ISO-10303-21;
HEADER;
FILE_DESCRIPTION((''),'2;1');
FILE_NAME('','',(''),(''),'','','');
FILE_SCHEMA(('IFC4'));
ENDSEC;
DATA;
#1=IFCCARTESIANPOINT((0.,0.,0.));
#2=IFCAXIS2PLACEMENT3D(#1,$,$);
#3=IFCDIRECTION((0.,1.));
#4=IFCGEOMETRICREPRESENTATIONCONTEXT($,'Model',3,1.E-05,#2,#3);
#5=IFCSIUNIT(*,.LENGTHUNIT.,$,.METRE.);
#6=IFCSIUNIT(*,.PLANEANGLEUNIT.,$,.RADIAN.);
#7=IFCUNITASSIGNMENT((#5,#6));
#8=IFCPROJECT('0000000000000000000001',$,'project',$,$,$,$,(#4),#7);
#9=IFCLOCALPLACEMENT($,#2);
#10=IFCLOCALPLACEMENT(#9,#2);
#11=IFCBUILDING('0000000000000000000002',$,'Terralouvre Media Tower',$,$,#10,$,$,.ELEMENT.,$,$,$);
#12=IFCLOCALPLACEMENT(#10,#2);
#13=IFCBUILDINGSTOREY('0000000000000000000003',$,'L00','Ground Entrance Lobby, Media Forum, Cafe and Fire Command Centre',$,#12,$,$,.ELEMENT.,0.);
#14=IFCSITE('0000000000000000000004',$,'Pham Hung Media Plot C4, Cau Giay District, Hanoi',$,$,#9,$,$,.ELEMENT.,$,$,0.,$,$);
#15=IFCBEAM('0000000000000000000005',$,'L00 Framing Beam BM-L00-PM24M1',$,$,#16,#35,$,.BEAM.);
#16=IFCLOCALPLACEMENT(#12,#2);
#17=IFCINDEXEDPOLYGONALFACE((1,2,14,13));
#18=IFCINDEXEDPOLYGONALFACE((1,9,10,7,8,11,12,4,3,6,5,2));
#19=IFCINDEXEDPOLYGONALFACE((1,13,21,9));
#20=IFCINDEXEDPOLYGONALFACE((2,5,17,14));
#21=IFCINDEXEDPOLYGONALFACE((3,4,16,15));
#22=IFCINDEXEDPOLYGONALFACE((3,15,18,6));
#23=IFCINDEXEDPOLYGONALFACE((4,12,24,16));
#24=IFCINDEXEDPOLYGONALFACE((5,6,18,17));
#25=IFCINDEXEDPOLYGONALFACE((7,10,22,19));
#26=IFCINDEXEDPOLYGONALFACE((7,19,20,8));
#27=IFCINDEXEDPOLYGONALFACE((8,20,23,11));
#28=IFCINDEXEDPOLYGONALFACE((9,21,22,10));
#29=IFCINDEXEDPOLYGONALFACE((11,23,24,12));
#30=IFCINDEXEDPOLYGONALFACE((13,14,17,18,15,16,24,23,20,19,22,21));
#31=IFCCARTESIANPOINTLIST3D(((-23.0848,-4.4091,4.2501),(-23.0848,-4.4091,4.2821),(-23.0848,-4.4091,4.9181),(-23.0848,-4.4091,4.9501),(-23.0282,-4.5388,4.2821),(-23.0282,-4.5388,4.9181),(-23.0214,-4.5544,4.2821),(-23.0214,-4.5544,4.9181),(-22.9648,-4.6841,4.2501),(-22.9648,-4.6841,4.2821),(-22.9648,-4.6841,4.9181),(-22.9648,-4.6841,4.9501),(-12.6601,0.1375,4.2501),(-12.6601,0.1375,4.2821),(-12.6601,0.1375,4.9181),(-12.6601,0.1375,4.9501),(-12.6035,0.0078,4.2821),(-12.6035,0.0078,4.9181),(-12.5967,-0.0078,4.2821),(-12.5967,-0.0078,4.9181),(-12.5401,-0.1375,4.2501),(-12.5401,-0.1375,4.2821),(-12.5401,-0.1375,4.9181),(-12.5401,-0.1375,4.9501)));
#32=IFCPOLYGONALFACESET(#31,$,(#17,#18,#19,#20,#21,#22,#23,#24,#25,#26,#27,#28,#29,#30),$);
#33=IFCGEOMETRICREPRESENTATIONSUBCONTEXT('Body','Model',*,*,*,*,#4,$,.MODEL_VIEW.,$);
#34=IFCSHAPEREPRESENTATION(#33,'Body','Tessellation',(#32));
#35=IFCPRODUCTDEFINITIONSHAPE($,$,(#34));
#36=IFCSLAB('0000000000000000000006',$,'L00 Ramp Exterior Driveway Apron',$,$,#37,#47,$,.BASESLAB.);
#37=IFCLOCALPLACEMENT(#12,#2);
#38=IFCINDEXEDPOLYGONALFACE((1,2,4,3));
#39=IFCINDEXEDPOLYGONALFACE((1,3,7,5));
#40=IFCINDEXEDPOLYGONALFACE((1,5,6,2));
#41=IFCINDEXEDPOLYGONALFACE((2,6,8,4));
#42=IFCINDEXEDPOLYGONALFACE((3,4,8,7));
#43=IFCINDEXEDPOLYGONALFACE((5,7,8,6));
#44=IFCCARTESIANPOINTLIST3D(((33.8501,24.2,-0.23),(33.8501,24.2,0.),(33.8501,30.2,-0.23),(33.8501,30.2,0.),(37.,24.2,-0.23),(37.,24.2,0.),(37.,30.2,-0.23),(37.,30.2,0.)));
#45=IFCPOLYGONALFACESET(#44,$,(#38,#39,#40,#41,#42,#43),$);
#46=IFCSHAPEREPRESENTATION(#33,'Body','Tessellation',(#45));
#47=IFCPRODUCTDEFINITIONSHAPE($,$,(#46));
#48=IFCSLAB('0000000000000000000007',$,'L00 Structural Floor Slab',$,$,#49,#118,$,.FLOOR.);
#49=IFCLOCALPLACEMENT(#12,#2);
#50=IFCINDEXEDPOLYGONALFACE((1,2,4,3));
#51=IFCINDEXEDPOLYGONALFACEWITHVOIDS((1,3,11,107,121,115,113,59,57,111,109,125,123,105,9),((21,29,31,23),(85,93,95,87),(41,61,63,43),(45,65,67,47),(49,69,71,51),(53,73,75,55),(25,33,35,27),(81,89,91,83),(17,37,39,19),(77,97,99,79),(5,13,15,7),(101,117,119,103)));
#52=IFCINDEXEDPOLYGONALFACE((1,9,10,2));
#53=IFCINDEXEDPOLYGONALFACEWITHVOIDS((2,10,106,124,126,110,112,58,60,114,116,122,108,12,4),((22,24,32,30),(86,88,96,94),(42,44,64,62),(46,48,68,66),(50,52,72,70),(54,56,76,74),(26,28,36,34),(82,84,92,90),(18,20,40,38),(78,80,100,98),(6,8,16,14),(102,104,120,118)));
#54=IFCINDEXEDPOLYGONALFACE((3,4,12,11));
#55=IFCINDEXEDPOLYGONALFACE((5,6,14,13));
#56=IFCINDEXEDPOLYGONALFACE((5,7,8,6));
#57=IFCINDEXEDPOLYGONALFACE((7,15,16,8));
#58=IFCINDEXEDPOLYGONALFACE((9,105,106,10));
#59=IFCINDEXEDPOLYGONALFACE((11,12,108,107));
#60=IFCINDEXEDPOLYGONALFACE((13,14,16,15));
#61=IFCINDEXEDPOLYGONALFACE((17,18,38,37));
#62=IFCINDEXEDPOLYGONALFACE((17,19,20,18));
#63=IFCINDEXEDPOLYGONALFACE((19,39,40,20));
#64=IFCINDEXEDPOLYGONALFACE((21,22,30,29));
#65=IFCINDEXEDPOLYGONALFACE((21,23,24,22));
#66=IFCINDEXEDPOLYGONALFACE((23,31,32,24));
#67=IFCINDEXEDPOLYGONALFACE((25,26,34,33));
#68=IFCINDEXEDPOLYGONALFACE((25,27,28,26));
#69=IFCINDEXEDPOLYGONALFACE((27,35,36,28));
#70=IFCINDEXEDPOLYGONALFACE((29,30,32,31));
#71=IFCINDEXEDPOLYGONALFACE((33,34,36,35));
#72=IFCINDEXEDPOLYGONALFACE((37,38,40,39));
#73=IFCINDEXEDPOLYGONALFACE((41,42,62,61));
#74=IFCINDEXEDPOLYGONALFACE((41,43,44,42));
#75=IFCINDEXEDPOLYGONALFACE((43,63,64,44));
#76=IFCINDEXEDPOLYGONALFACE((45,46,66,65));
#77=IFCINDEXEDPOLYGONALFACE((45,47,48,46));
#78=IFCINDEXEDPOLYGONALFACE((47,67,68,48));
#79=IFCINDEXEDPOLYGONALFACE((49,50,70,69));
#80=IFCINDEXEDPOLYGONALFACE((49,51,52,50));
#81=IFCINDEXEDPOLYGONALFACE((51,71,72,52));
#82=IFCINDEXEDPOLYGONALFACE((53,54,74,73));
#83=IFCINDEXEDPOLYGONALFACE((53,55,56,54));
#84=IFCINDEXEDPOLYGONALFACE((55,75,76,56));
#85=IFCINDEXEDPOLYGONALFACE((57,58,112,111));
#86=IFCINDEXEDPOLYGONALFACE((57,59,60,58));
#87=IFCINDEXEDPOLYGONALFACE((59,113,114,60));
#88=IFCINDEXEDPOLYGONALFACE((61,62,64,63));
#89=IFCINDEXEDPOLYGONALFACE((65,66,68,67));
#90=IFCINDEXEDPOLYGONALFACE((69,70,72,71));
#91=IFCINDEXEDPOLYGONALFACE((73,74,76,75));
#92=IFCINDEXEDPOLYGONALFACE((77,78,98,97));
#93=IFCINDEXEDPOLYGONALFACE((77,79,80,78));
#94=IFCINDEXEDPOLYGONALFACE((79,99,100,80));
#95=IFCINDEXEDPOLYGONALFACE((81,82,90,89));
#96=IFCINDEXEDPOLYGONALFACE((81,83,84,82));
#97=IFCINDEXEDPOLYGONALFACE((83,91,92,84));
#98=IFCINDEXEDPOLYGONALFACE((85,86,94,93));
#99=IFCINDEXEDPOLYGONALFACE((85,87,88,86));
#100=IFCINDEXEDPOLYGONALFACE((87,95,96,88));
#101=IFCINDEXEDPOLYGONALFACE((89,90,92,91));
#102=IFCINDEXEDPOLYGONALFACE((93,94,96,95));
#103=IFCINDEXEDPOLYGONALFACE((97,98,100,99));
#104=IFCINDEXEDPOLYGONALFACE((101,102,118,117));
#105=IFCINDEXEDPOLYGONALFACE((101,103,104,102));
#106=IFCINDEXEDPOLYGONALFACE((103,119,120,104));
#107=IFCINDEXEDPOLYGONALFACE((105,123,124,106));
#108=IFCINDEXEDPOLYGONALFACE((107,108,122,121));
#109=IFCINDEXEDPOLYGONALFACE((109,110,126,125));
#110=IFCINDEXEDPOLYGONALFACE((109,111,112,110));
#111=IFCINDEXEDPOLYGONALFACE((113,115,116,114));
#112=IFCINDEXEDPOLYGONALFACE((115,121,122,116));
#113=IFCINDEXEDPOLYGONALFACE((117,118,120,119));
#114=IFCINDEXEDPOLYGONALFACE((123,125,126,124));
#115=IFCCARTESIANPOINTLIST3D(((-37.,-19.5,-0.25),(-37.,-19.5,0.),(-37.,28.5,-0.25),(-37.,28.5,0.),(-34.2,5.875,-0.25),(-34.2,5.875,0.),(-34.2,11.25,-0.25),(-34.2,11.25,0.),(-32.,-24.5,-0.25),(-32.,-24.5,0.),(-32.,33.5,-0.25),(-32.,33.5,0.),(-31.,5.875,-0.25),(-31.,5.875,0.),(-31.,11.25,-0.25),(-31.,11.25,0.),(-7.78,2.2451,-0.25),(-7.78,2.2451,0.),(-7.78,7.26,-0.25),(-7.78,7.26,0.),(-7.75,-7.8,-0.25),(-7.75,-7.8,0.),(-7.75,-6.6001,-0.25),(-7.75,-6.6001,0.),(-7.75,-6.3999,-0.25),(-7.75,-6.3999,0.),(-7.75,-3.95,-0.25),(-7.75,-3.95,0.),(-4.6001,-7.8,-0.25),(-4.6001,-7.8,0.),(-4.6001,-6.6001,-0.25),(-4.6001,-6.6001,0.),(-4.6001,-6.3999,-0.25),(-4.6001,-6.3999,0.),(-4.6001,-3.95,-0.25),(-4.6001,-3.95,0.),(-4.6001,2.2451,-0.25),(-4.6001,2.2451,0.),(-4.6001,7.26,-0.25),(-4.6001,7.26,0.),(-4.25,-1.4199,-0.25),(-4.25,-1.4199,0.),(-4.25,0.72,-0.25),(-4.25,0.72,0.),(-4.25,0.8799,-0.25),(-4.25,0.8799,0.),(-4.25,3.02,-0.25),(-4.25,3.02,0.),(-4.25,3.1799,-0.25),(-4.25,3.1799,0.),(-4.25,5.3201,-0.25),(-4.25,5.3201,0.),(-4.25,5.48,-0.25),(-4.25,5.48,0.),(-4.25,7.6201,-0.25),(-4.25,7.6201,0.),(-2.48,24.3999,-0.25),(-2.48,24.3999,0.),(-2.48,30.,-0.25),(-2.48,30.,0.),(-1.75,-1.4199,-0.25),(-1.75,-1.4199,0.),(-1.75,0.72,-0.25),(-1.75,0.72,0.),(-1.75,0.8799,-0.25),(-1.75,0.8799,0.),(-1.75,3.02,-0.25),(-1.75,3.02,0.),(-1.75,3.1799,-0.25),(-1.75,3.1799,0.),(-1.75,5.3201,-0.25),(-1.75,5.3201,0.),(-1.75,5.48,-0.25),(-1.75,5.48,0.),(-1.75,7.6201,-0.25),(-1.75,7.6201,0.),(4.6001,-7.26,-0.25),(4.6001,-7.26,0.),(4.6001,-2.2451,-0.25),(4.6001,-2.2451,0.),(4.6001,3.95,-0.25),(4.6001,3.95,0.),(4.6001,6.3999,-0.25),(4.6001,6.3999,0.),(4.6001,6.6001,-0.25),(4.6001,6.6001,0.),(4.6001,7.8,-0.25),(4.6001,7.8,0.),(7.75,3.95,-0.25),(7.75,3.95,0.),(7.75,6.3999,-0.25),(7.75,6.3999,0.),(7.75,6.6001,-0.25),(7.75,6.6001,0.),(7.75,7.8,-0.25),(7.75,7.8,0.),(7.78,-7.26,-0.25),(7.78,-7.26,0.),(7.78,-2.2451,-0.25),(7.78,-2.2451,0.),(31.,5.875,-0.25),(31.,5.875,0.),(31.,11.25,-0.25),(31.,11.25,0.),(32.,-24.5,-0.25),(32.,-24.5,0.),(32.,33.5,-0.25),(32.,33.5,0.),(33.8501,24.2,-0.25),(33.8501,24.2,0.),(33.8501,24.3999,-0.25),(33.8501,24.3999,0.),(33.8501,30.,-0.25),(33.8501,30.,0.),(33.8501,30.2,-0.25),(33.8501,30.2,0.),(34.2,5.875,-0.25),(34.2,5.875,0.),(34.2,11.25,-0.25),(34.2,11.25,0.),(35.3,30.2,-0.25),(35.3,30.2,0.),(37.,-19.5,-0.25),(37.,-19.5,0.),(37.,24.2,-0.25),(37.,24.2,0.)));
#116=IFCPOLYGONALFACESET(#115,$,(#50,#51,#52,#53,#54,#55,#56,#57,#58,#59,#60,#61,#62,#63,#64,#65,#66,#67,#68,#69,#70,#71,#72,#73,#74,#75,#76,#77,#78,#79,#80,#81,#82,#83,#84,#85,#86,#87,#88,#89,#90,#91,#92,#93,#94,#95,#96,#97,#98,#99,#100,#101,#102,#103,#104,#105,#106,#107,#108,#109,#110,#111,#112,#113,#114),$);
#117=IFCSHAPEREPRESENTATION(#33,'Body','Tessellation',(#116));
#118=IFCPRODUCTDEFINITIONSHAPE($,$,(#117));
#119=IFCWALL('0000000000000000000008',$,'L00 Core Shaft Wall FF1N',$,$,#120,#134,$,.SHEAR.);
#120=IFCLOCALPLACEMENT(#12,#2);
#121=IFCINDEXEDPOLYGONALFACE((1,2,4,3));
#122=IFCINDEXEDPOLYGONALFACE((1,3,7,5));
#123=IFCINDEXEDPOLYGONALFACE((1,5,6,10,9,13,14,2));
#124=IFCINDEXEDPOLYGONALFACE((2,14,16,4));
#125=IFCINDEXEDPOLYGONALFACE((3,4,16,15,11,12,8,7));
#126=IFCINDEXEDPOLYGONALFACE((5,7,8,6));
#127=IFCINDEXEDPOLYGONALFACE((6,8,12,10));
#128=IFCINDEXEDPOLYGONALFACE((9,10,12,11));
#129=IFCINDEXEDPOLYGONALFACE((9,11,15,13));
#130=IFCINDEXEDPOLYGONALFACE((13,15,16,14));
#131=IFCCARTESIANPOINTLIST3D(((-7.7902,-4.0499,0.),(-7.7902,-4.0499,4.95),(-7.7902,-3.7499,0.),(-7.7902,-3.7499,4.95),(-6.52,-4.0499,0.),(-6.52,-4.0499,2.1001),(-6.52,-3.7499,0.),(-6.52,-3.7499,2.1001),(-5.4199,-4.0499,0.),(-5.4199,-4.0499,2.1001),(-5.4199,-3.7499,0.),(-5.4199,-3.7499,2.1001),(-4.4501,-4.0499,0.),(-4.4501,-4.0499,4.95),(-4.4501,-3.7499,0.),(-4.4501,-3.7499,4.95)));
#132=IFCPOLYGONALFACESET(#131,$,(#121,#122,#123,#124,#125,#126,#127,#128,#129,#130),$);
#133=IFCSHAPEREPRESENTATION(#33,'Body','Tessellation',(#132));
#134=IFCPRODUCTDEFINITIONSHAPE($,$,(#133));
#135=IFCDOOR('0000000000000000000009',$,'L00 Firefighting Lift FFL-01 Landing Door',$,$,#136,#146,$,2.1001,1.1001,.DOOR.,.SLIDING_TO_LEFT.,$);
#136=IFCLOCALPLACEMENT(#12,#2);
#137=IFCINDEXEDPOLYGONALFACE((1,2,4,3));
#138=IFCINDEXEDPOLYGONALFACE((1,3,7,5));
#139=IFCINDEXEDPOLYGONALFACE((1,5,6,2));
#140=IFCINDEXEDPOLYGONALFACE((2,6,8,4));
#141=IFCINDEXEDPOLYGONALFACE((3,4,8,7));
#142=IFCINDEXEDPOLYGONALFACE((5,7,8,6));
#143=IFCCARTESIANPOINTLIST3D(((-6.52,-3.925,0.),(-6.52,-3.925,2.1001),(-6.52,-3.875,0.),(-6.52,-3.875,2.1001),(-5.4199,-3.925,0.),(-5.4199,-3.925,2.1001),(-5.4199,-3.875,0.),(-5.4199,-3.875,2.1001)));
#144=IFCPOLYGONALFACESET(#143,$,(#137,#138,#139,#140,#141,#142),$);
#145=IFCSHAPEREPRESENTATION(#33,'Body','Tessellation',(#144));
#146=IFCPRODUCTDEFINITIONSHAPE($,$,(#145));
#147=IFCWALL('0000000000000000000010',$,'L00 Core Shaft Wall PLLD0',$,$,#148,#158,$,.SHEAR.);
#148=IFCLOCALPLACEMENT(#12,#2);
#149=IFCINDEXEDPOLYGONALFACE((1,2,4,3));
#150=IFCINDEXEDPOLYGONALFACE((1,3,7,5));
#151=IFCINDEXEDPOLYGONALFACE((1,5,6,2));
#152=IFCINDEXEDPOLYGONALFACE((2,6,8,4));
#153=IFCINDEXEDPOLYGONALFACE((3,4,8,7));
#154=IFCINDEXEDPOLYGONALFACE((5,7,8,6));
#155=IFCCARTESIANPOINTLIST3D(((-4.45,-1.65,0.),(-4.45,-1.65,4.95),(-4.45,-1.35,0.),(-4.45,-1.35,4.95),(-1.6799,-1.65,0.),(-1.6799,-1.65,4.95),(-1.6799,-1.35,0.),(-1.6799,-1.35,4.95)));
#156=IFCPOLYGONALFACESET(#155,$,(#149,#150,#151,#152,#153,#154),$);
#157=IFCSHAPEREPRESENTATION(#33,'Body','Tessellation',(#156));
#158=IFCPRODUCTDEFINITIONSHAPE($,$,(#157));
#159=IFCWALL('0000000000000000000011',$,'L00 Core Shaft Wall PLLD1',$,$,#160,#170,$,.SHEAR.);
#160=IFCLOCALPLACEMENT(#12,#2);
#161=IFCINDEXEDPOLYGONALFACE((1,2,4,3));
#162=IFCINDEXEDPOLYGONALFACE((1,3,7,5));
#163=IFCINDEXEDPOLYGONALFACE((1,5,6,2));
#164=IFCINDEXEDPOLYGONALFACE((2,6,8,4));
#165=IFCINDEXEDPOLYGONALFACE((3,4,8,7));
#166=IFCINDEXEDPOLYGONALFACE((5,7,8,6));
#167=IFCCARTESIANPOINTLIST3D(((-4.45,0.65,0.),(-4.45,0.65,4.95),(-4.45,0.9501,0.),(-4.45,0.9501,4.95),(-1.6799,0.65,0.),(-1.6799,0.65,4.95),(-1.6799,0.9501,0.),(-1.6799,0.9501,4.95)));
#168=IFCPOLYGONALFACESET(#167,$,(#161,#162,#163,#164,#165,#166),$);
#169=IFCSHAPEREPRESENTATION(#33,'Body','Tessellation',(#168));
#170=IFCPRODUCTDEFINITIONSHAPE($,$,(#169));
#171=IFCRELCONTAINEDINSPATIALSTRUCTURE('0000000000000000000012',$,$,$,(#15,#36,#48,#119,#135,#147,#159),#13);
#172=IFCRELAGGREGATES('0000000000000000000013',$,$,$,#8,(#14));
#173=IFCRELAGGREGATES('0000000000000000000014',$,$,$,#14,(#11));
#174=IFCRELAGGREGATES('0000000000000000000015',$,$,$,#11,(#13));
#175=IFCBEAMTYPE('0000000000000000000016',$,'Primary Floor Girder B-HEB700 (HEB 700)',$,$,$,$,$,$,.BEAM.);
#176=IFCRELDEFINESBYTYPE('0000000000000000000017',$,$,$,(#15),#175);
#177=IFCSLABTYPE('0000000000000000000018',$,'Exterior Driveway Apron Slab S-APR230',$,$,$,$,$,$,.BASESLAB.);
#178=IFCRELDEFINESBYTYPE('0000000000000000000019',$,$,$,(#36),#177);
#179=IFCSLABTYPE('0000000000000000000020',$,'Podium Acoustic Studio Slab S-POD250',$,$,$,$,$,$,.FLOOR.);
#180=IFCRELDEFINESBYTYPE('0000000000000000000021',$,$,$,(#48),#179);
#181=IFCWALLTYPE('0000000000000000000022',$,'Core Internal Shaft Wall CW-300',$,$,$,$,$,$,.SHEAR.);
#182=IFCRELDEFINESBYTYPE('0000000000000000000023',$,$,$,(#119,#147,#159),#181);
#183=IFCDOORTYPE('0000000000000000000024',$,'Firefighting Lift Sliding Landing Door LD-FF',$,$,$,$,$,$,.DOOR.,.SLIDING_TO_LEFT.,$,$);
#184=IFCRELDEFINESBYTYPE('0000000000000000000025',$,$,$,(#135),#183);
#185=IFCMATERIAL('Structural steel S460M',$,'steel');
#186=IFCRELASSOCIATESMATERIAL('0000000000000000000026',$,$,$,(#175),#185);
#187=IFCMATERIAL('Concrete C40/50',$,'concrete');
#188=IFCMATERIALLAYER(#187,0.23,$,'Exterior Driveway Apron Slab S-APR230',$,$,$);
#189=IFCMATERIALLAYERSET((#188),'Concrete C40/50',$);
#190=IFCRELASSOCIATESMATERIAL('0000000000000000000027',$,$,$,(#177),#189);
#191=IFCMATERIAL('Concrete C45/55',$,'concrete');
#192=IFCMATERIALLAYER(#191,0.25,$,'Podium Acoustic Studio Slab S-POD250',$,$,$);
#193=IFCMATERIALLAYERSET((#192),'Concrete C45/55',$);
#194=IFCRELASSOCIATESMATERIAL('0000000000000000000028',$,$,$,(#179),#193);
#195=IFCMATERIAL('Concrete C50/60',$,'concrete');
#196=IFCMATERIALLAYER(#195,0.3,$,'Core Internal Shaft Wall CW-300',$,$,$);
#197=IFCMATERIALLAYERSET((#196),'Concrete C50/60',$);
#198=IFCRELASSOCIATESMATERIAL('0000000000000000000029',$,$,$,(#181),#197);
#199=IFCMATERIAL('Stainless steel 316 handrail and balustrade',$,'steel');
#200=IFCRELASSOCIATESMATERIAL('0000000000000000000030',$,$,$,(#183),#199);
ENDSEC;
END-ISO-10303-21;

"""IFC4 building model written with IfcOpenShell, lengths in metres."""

from ifc_helpers import new_model, si_unit, direction, frame, frame_2d, origin, origin_2d, place, context, subcontext, project, spatial, polyline, rectangle, i_section, outline, extrude, material, layer, layer_set, material_profile, profile_set, type_object, element, fill, save


model = new_model("IFC4")

# Units and contexts
model_context = context("Model", 3, precision=1e-05, world=origin(), true_north=direction((0.0, 1.0)))
body_context = subcontext(model_context, "Body", "Model", "MODEL_VIEW")
ifc_project = project(units=[si_unit("LENGTHUNIT", "METRE"), si_unit("PLANEANGLEUNIT", "RADIAN")], contexts=[model_context])

# Site, building, storey
site_placement = place(None, origin())
site = spatial("IfcSite", under=ifc_project, at=site_placement, Name="Pham Hung Media Plot C4, Cau Giay District, Hanoi", CompositionType="ELEMENT", RefElevation=0.0)
building_placement = place(site_placement, origin())
building = spatial("IfcBuilding", under=site, at=building_placement, Name="Terralouvre Media Tower", CompositionType="ELEMENT")
storey_placement = place(building_placement, origin())
storey = spatial("IfcBuildingStorey", under=building, at=storey_placement, Name="L00", Description="Ground Entrance Lobby, Media Forum, Cafe and Fire Command Centre", CompositionType="ELEMENT", Elevation=0.0)

# Beam
ifc_material_1 = material(Name="Structural steel S460M", Category="steel")
ifc_material_profile_1 = material_profile(ifc_material_1, i_section(OverallWidth=0.3, OverallDepth=0.7, WebThickness=0.0171, FlangeThickness=0.032, at=origin_2d()), Name="HEB 700")
ifc_profile_set_1 = profile_set([ifc_material_profile_1], Name="Structural steel S460M")
beam_type_1 = type_object("IfcBeamType", Name="Primary Floor Girder B-HEB700 (HEB 700)", PredefinedType="BEAM", material=ifc_profile_set_1)
beam_1_placement = place(storey_placement, frame((-12.6001, 0.0, 4.6001), z_axis=(-0.916616, -0.399769, 0.0), x_axis=(0.399769, -0.916616, 0.0)))
element("IfcBeam", 1, at=beam_1_placement, inside=storey, type_object=beam_type_1, Name="L00 Framing Beam BM-L00-PM24M1", PredefinedType="BEAM", context=body_context, shape_type="SweptSolid", body=[
    extrude(i_section(OverallWidth=0.3, OverallDepth=0.7, WebThickness=0.0171, FlangeThickness=0.032, at=origin_2d()), origin(), (0.0, 0.0, 1.0), 11.373),
])

# Slabs
ifc_material_2 = material(Name="Concrete C40/50", Category="concrete")
ifc_layer_1 = layer(ifc_material_2, 0.23, Name="Exterior Driveway Apron Slab S-APR230")
ifc_layer_set_1 = layer_set([ifc_layer_1], Name="Concrete C40/50")
slab_type_1 = type_object("IfcSlabType", Name="Exterior Driveway Apron Slab S-APR230", PredefinedType="BASESLAB", material=ifc_layer_set_1)
slab_1_placement = place(storey_placement, frame((0.0, 0.0, -0.23)))
element("IfcSlab", 2, at=slab_1_placement, inside=storey, type_object=slab_type_1, Name="L00 Ramp Exterior Driveway Apron", PredefinedType="BASESLAB", context=body_context, shape_type="SweptSolid", body=[
    extrude(outline(polyline([(33.8501, 24.2), (37.0, 24.2), (37.0, 30.2), (33.8501, 30.2), (33.8501, 24.2)])), origin(), (0.0, 0.0, 1.0), 0.23),
])
ifc_material_3 = material(Name="Concrete C45/55", Category="concrete")
ifc_layer_2 = layer(ifc_material_3, 0.25, Name="Podium Acoustic Studio Slab S-POD250")
ifc_layer_set_2 = layer_set([ifc_layer_2], Name="Concrete C45/55")
slab_type_2 = type_object("IfcSlabType", Name="Podium Acoustic Studio Slab S-POD250", PredefinedType="FLOOR", material=ifc_layer_set_2)
slab_2_placement = place(storey_placement, frame((0.0, 0.0, -0.25)))
element("IfcSlab", 3, at=slab_2_placement, inside=storey, type_object=slab_type_2, Name="L00 Structural Floor Slab", PredefinedType="FLOOR", context=body_context, shape_type="SweptSolid", body=[
    extrude(outline(polyline([(37.0, 24.2), (33.8501, 24.2), (33.8501, 24.3999), (-2.48, 24.3999), (-2.48, 30.0), (33.8501, 30.0), (33.8501, 30.2), (35.3, 30.2), (32.0, 33.5), (-32.0, 33.5), (-37.0, 28.5), (-37.0, -19.5), (-32.0, -24.5), (32.0, -24.5), (37.0, -19.5), (37.0, 24.2)]), holes=[polyline([(-4.6001, -6.6001), (-4.6001, -7.8), (-7.75, -7.8), (-7.75, -6.6001), (-4.6001, -6.6001)]), polyline([(-4.6001, -6.3999), (-7.75, -6.3999), (-7.75, -3.95), (-4.6001, -3.95), (-4.6001, -6.3999)]), polyline([(-1.75, -1.4199), (-4.25, -1.4199), (-4.25, 0.72), (-1.75, 0.72), (-1.75, -1.4199)]), polyline([(-1.75, 3.02), (-1.75, 0.8799), (-4.25, 0.8799), (-4.25, 3.02), (-1.75, 3.02)]), polyline([(-1.75, 3.1799), (-4.25, 3.1799), (-4.25, 5.3201), (-1.75, 5.3201), (-1.75, 3.1799)]), polyline([(-4.6001, 2.2451), (-7.78, 2.2451), (-7.78, 7.26), (-4.6001, 7.26), (-4.6001, 2.2451)]), polyline([(-31.0, 11.25), (-31.0, 5.875), (-34.2, 5.875), (-34.2, 11.25), (-31.0, 11.25)]), polyline([(4.6001, -2.2451), (7.78, -2.2451), (7.78, -7.26), (4.6001, -7.26), (4.6001, -2.2451)]), polyline([(7.75, 3.95), (4.6001, 3.95), (4.6001, 6.3999), (7.75, 6.3999), (7.75, 3.95)]), polyline([(-1.75, 5.48), (-4.25, 5.48), (-4.25, 7.6201), (-1.75, 7.6201), (-1.75, 5.48)]), polyline([(7.75, 6.6001), (4.6001, 6.6001), (4.6001, 7.8), (7.75, 7.8), (7.75, 6.6001)]), polyline([(34.2, 5.875), (31.0, 5.875), (31.0, 11.25), (34.2, 11.25), (34.2, 5.875)])]), origin(), (0.0, 0.0, 1.0), 0.25),
])

# Wall, opening, door
ifc_material_4 = material(Name="Concrete C50/60", Category="concrete")
ifc_layer_3 = layer(ifc_material_4, 0.3, Name="Core Internal Shaft Wall CW-300")
ifc_layer_set_3 = layer_set([ifc_layer_3], Name="Concrete C50/60")
wall_type = type_object("IfcWallType", Name="Core Internal Shaft Wall CW-300", PredefinedType="SHEAR", material=ifc_layer_set_3)
wall_1_placement = place(storey_placement, frame((-7.79, -3.8999, 0.0), z_axis=(0.0, 0.0, 1.0), x_axis=(1.0, 0.0, 0.0)))
wall_1 = element("IfcWall", 4, at=wall_1_placement, inside=storey, type_object=wall_type, Name="L00 Core Shaft Wall FF1N", PredefinedType="SHEAR", context=body_context, shape_type="SweptSolid", body=[
    extrude(rectangle(XDim=3.3401, YDim=0.3, at=frame_2d((1.6699, 0.0))), origin(), (0.0, 0.0, 1.0), 4.95),
])
opening_1_placement = place(wall_1_placement, frame((1.27, 0.0, 0.0)))
opening_1 = element("IfcOpeningElement", 5, at=opening_1_placement, cuts=wall_1, PredefinedType="OPENING", context=body_context, shape_type="SweptSolid", body=[
    extrude(rectangle(XDim=1.1001, YDim=2.1001, at=frame_2d((0.55, 1.05))), frame((0.0, 0.1599, 0.0), z_axis=(0.0, -1.0, 0.0), x_axis=(1.0, 0.0, 0.0)), (0.0, 0.0, 1.0), 0.3201),
])
ifc_material_5 = material(Name="Stainless steel 316 handrail and balustrade", Category="steel")
door_type_1 = type_object("IfcDoorType", Name="Firefighting Lift Sliding Landing Door LD-FF", OperationType="SLIDING_TO_LEFT", PredefinedType="DOOR", material=ifc_material_5)
door_1_placement = place(opening_1_placement, origin())
door_1 = element("IfcDoor", 6, at=door_1_placement, inside=storey, type_object=door_type_1, Name="L00 Firefighting Lift FFL-01 Landing Door", OperationType="SLIDING_TO_LEFT", OverallHeight=2.1001, OverallWidth=1.1001, PredefinedType="DOOR", context=body_context, shape_type="SweptSolid", body=[
    extrude(rectangle(XDim=1.1001, YDim=2.1001, at=frame_2d((0.55, 1.05))), frame((0.0, 0.0249, 0.0), z_axis=(0.0, -1.0, 0.0), x_axis=(1.0, 0.0, 0.0)), (0.0, 0.0, 1.0), 0.05),
])
fill(opening_1, door_1)

# Walls
for number, where, z_axis, x_axis, name in (
    (7, (-4.45, -1.5, 0.0), (0.0, 0.0, 1.0), (1.0, 0.0, 0.0), "L00 Core Shaft Wall PLLD0"),
    (8, (-4.45, 0.8, 0.0), (0.0, 0.0, 1.0), (1.0, 0.0, 0.0), "L00 Core Shaft Wall PLLD1"),
):
    element("IfcWall", number, at=place(storey_placement, frame(where, z_axis=z_axis, x_axis=x_axis)), inside=storey, type_object=wall_type, Name=name, PredefinedType="SHEAR", context=body_context, shape_type="SweptSolid", body=[
        extrude(rectangle(XDim=2.77, YDim=0.3, at=frame_2d((1.385, 0.0))), origin(), (0.0, 0.0, 1.0), 4.95),
    ])

save(model, "model.ifc")
